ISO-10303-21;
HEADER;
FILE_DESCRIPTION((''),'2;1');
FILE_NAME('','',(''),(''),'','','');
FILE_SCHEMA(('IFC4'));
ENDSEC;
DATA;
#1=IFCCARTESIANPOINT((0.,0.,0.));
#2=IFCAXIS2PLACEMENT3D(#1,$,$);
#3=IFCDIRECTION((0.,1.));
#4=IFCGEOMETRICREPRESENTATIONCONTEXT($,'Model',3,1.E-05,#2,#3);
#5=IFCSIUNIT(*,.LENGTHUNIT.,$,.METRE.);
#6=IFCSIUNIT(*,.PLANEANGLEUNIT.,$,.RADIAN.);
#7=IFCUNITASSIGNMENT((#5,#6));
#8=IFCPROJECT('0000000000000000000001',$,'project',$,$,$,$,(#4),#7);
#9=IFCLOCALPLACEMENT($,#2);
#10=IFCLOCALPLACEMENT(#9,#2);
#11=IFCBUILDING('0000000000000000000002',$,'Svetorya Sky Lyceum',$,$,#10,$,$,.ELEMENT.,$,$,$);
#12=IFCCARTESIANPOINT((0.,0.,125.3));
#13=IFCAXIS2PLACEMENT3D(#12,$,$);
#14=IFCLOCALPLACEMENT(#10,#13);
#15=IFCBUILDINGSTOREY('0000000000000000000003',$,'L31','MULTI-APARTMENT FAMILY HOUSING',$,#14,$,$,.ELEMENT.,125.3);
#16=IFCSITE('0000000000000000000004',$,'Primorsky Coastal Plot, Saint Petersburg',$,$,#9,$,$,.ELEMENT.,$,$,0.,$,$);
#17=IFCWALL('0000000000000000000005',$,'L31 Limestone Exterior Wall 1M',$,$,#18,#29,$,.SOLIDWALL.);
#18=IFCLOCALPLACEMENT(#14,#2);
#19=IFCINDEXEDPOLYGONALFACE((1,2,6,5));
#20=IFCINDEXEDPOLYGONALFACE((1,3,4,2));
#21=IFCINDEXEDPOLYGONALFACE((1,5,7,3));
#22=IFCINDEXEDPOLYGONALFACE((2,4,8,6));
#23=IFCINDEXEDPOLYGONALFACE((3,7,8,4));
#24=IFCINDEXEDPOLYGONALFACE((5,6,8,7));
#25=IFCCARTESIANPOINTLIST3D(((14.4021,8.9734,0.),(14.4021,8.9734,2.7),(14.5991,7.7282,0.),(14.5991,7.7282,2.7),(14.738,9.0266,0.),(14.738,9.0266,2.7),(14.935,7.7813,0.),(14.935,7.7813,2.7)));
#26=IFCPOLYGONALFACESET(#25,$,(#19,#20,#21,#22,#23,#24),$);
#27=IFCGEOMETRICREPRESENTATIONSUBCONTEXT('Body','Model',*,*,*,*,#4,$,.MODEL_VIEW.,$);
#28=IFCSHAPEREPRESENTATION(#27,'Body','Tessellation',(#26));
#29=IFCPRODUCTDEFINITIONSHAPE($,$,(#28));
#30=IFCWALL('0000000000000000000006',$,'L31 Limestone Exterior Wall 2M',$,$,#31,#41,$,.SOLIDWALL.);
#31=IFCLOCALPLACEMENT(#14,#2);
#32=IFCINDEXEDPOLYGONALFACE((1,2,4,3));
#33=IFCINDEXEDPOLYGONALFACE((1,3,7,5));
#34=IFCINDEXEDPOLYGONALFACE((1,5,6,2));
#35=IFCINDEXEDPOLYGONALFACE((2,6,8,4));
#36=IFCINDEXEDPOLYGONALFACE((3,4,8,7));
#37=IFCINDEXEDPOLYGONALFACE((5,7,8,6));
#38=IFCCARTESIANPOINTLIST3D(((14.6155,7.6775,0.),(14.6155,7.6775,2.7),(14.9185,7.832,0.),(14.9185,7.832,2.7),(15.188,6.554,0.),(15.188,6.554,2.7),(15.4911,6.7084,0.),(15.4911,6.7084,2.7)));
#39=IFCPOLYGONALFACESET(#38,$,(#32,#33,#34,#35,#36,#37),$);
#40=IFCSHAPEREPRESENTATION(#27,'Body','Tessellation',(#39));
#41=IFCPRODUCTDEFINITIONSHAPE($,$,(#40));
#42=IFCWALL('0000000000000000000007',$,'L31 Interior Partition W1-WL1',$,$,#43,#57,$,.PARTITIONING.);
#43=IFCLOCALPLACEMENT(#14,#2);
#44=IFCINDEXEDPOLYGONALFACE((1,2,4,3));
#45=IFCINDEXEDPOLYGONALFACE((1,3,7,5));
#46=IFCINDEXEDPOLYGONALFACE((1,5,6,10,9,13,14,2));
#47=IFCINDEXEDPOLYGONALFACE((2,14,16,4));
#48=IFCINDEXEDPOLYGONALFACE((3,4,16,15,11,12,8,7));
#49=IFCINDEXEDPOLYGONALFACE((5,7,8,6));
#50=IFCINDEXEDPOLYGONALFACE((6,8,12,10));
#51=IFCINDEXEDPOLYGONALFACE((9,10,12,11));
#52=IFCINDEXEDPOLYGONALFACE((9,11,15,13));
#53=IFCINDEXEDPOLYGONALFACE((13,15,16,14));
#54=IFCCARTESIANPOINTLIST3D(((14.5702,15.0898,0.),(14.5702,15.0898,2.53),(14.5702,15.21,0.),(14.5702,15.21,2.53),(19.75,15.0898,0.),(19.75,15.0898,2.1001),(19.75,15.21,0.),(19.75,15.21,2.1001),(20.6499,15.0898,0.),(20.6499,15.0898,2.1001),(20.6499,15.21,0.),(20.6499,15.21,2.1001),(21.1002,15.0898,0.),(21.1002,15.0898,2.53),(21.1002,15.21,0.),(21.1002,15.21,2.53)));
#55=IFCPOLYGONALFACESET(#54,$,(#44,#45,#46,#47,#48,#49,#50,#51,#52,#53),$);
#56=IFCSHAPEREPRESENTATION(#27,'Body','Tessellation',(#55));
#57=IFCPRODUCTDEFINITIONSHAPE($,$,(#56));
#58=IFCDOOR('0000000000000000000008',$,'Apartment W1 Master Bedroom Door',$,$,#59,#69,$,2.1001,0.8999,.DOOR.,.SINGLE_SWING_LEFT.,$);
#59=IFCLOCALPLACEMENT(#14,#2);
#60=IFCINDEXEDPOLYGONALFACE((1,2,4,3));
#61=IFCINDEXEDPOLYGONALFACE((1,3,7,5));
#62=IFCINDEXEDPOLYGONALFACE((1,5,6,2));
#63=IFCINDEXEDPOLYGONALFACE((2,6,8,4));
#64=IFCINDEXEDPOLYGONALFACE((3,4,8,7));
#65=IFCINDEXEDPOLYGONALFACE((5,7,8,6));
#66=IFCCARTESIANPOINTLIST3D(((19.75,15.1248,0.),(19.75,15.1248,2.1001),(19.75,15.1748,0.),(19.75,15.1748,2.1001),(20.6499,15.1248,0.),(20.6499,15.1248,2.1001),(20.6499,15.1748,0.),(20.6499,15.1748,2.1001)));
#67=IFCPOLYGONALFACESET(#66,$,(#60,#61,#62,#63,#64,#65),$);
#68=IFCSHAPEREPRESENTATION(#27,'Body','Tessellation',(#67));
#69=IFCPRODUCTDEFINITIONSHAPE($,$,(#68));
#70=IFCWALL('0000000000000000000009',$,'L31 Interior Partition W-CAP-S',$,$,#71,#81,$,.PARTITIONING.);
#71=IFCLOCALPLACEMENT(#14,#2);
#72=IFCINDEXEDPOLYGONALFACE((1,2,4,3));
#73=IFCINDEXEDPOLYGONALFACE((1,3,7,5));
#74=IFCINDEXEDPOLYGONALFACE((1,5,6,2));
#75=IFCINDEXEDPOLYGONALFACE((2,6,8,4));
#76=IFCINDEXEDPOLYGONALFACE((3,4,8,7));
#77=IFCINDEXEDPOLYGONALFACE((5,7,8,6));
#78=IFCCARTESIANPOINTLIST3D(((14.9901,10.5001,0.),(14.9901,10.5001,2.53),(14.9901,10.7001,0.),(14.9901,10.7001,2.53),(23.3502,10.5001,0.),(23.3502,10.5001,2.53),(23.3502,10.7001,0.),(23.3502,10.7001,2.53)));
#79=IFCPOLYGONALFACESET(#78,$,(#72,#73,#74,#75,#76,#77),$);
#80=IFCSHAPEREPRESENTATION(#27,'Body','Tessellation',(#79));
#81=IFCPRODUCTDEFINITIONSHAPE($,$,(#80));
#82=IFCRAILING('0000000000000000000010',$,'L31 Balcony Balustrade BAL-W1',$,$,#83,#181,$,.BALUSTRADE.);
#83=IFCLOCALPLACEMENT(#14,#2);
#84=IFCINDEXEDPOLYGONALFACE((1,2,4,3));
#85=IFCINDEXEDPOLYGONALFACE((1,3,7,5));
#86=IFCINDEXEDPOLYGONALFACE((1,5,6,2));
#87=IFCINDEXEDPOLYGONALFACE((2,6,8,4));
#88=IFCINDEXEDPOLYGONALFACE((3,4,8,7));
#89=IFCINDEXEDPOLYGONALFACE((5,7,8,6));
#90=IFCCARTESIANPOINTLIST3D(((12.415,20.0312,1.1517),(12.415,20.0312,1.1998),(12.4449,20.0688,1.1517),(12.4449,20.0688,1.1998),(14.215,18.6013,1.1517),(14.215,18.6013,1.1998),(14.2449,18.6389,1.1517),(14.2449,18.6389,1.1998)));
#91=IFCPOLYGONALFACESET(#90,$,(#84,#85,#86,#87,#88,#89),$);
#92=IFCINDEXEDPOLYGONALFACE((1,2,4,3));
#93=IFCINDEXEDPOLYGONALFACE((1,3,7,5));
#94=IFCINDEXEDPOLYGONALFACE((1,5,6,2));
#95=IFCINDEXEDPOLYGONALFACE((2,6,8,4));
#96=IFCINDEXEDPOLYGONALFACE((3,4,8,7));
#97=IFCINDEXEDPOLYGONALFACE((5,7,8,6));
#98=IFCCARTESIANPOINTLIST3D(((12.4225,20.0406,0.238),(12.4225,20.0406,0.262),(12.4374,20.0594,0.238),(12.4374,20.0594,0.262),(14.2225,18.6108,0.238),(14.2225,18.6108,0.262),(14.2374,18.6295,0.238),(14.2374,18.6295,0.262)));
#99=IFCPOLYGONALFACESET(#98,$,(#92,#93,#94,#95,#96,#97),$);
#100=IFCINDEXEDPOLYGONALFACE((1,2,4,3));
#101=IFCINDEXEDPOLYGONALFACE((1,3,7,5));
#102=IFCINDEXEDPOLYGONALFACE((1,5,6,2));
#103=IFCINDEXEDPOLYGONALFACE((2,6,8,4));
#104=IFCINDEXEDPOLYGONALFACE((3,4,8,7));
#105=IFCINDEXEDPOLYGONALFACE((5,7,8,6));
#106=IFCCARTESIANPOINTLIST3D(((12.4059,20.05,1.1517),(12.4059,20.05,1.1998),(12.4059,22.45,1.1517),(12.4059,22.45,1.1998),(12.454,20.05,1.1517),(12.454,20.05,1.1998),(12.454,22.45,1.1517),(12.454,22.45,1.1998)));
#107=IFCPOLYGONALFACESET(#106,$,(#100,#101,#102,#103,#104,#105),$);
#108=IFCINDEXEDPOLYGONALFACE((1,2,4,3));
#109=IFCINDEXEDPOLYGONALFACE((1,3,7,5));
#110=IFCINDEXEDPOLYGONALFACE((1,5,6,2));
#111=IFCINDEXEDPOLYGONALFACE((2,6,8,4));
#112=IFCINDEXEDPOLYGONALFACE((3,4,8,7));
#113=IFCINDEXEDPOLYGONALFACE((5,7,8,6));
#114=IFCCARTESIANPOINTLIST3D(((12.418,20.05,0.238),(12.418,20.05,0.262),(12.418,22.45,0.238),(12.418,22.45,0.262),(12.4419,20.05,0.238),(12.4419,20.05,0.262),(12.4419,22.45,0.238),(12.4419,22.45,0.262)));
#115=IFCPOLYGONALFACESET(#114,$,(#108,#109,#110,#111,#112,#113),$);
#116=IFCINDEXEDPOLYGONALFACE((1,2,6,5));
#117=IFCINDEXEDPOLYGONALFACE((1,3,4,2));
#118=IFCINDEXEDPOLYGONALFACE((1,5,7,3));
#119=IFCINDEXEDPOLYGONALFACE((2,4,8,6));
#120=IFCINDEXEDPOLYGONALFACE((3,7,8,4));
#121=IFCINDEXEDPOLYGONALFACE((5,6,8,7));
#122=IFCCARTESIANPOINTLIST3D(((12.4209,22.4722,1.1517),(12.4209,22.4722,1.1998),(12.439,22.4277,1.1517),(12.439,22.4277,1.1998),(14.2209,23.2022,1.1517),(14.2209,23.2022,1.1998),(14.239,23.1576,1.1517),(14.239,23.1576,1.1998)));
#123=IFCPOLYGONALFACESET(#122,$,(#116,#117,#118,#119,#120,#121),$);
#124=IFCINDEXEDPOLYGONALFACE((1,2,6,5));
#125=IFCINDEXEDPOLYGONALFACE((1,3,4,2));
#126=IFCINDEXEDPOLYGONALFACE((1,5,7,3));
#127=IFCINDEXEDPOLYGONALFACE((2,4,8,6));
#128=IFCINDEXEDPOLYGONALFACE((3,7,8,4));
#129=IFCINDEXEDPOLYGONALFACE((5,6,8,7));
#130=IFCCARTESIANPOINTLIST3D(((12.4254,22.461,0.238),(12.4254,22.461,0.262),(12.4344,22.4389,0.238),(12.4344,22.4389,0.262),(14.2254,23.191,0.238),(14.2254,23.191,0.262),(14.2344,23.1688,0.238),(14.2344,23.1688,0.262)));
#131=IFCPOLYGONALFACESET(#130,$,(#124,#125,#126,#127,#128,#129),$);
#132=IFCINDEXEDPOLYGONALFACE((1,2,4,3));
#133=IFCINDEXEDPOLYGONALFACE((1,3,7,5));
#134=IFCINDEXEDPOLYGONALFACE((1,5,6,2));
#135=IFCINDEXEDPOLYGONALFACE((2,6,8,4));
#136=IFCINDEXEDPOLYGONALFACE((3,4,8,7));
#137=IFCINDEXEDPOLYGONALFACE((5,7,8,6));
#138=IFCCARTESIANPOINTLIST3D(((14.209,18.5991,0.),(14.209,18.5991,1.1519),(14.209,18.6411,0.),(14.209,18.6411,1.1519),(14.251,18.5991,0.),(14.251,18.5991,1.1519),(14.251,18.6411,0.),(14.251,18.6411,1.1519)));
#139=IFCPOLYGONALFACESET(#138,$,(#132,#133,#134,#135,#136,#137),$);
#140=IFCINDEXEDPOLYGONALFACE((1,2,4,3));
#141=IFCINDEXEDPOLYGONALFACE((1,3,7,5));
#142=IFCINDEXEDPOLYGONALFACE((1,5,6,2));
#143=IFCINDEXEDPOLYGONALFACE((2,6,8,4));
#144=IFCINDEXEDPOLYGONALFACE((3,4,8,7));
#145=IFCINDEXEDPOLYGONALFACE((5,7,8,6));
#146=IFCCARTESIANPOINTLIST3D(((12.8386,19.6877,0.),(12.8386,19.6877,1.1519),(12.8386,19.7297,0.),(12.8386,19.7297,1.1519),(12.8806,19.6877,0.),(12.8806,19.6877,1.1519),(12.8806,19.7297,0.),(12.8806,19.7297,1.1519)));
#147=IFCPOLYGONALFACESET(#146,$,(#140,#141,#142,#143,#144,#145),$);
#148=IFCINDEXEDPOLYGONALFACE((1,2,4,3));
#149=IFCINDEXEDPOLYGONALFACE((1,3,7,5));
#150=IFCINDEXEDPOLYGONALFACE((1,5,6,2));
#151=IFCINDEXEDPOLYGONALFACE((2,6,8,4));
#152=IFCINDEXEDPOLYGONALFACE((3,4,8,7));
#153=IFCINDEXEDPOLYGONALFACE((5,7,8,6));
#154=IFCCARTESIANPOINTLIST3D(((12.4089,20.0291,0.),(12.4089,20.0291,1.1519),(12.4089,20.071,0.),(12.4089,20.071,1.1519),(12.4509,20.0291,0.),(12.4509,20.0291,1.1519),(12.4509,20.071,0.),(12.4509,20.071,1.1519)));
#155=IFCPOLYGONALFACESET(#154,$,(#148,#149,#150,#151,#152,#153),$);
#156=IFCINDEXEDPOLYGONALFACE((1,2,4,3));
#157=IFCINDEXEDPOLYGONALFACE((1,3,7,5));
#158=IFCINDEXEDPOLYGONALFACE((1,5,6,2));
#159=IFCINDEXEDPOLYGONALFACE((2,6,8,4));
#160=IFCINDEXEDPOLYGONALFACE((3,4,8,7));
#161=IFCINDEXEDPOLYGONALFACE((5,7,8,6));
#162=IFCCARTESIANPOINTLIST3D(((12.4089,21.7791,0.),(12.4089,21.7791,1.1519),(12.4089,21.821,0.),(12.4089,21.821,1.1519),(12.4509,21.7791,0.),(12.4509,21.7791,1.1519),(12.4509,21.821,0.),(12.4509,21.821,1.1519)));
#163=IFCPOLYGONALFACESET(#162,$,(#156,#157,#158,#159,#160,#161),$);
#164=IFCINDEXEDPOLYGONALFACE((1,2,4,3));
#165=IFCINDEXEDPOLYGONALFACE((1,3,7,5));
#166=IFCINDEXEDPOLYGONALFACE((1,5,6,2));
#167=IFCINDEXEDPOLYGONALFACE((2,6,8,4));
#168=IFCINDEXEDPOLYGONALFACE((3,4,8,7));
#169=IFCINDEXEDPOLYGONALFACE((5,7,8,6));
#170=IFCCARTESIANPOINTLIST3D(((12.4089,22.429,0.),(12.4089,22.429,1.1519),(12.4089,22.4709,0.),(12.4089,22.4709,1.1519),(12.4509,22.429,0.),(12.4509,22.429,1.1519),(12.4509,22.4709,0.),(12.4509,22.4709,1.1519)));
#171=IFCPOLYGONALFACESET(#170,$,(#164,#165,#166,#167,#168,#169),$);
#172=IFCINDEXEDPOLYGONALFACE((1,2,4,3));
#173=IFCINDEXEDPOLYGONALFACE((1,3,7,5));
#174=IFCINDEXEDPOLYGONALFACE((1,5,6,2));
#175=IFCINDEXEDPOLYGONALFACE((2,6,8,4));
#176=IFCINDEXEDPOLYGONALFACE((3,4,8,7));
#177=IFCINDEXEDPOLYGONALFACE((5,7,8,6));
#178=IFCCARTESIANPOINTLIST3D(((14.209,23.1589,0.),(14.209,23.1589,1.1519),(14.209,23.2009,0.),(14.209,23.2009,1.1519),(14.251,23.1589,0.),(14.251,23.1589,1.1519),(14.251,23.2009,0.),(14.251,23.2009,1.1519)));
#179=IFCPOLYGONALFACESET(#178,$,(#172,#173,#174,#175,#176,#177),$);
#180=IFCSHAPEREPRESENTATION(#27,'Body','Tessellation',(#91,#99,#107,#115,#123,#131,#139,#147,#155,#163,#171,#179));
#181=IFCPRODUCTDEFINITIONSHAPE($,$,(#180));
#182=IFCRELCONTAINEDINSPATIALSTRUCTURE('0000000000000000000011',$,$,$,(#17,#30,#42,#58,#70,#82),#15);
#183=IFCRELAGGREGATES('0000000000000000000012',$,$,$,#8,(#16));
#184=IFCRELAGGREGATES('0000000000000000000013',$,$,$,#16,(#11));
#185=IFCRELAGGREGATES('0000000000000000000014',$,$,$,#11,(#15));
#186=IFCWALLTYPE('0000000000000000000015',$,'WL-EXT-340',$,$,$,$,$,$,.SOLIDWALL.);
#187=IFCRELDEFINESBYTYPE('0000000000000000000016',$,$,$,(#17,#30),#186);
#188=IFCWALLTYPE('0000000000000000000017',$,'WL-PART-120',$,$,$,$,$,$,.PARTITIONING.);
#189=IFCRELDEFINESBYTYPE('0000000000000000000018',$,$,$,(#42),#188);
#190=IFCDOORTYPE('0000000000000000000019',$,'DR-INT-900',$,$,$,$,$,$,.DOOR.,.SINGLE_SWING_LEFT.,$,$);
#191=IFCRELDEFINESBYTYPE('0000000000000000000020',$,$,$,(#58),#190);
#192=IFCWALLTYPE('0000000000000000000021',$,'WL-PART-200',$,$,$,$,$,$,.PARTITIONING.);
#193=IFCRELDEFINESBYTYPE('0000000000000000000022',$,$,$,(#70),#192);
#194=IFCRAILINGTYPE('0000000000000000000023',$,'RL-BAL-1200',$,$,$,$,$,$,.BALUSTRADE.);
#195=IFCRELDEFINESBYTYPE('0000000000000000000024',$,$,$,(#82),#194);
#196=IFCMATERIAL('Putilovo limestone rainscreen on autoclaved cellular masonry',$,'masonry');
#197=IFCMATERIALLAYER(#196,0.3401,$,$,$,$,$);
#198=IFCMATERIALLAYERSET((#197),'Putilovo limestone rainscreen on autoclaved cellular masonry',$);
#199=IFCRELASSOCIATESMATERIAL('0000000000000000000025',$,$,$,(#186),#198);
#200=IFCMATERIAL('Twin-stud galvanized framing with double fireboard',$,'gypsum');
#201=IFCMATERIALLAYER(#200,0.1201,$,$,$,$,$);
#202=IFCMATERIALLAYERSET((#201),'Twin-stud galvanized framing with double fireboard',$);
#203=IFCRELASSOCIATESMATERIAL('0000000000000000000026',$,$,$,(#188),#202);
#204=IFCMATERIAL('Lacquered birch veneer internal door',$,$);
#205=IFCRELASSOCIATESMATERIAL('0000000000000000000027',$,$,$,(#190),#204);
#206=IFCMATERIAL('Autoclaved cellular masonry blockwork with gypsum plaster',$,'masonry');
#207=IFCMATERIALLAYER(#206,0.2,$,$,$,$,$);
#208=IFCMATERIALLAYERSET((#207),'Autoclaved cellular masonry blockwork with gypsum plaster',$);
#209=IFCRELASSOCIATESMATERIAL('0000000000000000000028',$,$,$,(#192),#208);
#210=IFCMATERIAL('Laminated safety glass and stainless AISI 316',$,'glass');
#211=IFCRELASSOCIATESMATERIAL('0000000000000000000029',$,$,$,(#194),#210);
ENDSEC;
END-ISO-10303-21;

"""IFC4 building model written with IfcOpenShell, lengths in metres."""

from ifc_helpers import new_model, si_unit, direction, frame, frame_2d, origin, origin_2d, place, context, subcontext, project, spatial, rectangle, extrude, material, layer, layer_set, type_object, element, fill, save


model = new_model("IFC4")

# Units and contexts
model_context = context("Model", 3, precision=1e-05, world=origin(), true_north=direction((0.0, 1.0)))
body_context = subcontext(model_context, "Body", "Model", "MODEL_VIEW")
ifc_project = project(units=[si_unit("LENGTHUNIT", "METRE"), si_unit("PLANEANGLEUNIT", "RADIAN")], contexts=[model_context])

# Site, building, storey
site_placement = place(None, origin())
site = spatial("IfcSite", under=ifc_project, at=site_placement, Name="Primorsky Coastal Plot, Saint Petersburg", CompositionType="ELEMENT", RefElevation=0.0)
building_placement = place(site_placement, origin())
building = spatial("IfcBuilding", under=site, at=building_placement, Name="Svetorya Sky Lyceum", CompositionType="ELEMENT")
storey_placement = place(building_placement, frame((0.0, 0.0, 125.3)))
storey = spatial("IfcBuildingStorey", under=building, at=storey_placement, Name="L31", Description="MULTI-APARTMENT FAMILY HOUSING", CompositionType="ELEMENT", Elevation=125.3)

# Walls
ifc_material_1 = material(Name="Putilovo limestone rainscreen on autoclaved cellular masonry", Category="masonry")
ifc_layer_1 = layer(ifc_material_1, 0.3401)
ifc_layer_set_1 = layer_set([ifc_layer_1], Name="Putilovo limestone rainscreen on autoclaved cellular masonry")
wall_type_1 = type_object("IfcWallType", Name="WL-EXT-340", PredefinedType="SOLIDWALL", material=ifc_layer_set_1)
wall_1_placement = place(storey_placement, frame((14.5701, 9.0, 0.0), z_axis=(0.0, 0.0, 1.0), x_axis=(0.156261, -0.987716, 0.0)))
element("IfcWall", 1, at=wall_1_placement, inside=storey, type_object=wall_type_1, Name="L31 Limestone Exterior Wall 1M", PredefinedType="SOLIDWALL", context=body_context, shape_type="SweptSolid", body=[
    extrude(rectangle(XDim=1.2607, YDim=0.3401, at=frame_2d((0.6304, 0.0))), origin(), (0.0, 0.0, 1.0), 2.7),
])
wall_2_placement = place(storey_placement, frame((14.7671, 7.7546, 0.0), z_axis=(0.0, 0.0, 1.0), x_axis=(0.454016, -0.890994, 0.0)))
element("IfcWall", 2, at=wall_2_placement, inside=storey, type_object=wall_type_1, Name="L31 Limestone Exterior Wall 2M", PredefinedType="SOLIDWALL", context=body_context, shape_type="SweptSolid", body=[
    extrude(rectangle(XDim=1.261, YDim=0.3401, at=frame_2d((0.6304, 0.0))), origin(), (0.0, 0.0, 1.0), 2.7),
])

# Wall, opening, door
ifc_material_2 = material(Name="Twin-stud galvanized framing with double fireboard", Category="gypsum")
ifc_layer_2 = layer(ifc_material_2, 0.1201)
ifc_layer_set_2 = layer_set([ifc_layer_2], Name="Twin-stud galvanized framing with double fireboard")
wall_type_2 = type_object("IfcWallType", Name="WL-PART-120", PredefinedType="PARTITIONING", material=ifc_layer_set_2)
wall_3_placement = place(storey_placement, frame((14.5701, 15.1499, 0.0), z_axis=(0.0, 0.0, 1.0), x_axis=(1.0, 0.0, 0.0)))
wall_3 = element("IfcWall", 3, at=wall_3_placement, inside=storey, type_object=wall_type_2, Name="L31 Interior Partition W1-WL1", PredefinedType="PARTITIONING", context=body_context, shape_type="SweptSolid", body=[
    extrude(rectangle(XDim=6.53, YDim=0.1201, at=frame_2d((3.2651, 0.0))), origin(), (0.0, 0.0, 1.0), 2.53),
])
opening_placement = place(wall_3_placement, frame((5.1799, 0.0, 0.0)))
opening = element("IfcOpeningElement", 4, at=opening_placement, cuts=wall_3, PredefinedType="OPENING", context=body_context, shape_type="SweptSolid", body=[
    extrude(rectangle(XDim=0.8999, YDim=2.1001, at=frame_2d((0.45, 1.05))), frame((0.0, 0.0701, 0.0), z_axis=(0.0, -1.0, 0.0), x_axis=(1.0, 0.0, 0.0)), (0.0, 0.0, 1.0), 0.1401),
])
ifc_material_3 = material(Name="Lacquered birch veneer internal door")
door_type = type_object("IfcDoorType", Name="DR-INT-900", OperationType="SINGLE_SWING_LEFT", PredefinedType="DOOR", material=ifc_material_3)
door_placement = place(opening_placement, origin())
door = element("IfcDoor", 5, at=door_placement, inside=storey, type_object=door_type, Name="Apartment W1 Master Bedroom Door", OperationType="SINGLE_SWING_LEFT", OverallHeight=2.1001, OverallWidth=0.8999, PredefinedType="DOOR", context=body_context, shape_type="SweptSolid", body=[
    extrude(rectangle(XDim=0.8999, YDim=2.1001, at=frame_2d((0.45, 1.05))), frame((0.0, 0.0249, 0.0), z_axis=(0.0, -1.0, 0.0), x_axis=(1.0, 0.0, 0.0)), (0.0, 0.0, 1.0), 0.05),
])
fill(opening, door)

# Wall
ifc_material_4 = material(Name="Autoclaved cellular masonry blockwork with gypsum plaster", Category="masonry")
ifc_layer_3 = layer(ifc_material_4, 0.2)
ifc_layer_set_3 = layer_set([ifc_layer_3], Name="Autoclaved cellular masonry blockwork with gypsum plaster")
wall_type_3 = type_object("IfcWallType", Name="WL-PART-200", PredefinedType="PARTITIONING", material=ifc_layer_set_3)
wall_4_placement = place(storey_placement, frame((14.99, 10.6001, 0.0), z_axis=(0.0, 0.0, 1.0), x_axis=(1.0, 0.0, 0.0)))
element("IfcWall", 6, at=wall_4_placement, inside=storey, type_object=wall_type_3, Name="L31 Interior Partition W-CAP-S", PredefinedType="PARTITIONING", context=body_context, shape_type="SweptSolid", body=[
    extrude(rectangle(XDim=8.3601, YDim=0.2, at=frame_2d((4.1802, 0.0))), origin(), (0.0, 0.0, 1.0), 2.53),
])

# Railing
ifc_material_5 = material(Name="Laminated safety glass and stainless AISI 316", Category="glass")
railing_type = type_object("IfcRailingType", Name="RL-BAL-1200", PredefinedType="BALUSTRADE", material=ifc_material_5)
railing_placement = place(storey_placement, frame((14.23, 18.6201, 0.0)))
element("IfcRailing", 7, at=railing_placement, inside=storey, type_object=railing_type, Name="L31 Balcony Balustrade BAL-W1", PredefinedType="BALUSTRADE", context=body_context, shape_type="SweptSolid", body=[
    extrude(rectangle(XDim=0.0481, YDim=0.0481, at=origin_2d()), frame((0.0, 0.0, 1.1758), z_axis=(-0.783009, 0.62201, 0.0), x_axis=(-0.62201, -0.783009, 0.0)), (0.0, 0.0, 1.0), 2.2988),
    extrude(rectangle(XDim=0.0239, YDim=0.0239, at=origin_2d()), frame((0.0, 0.0, 0.25), z_axis=(-0.783009, 0.62201, 0.0), x_axis=(-0.62201, -0.783009, 0.0)), (0.0, 0.0, 1.0), 2.2988),
    extrude(rectangle(XDim=0.0481, YDim=0.0481, at=origin_2d()), frame((-1.8, 1.4299, 1.1758), z_axis=(0.0, 1.0, 0.0), x_axis=(-1.0, 0.0, 0.0)), (0.0, 0.0, 1.0), 2.3999),
    extrude(rectangle(XDim=0.0239, YDim=0.0239, at=origin_2d()), frame((-1.8, 1.4299, 0.25), z_axis=(0.0, 1.0, 0.0), x_axis=(-1.0, 0.0, 0.0)), (0.0, 0.0, 1.0), 2.3999),
    extrude(rectangle(XDim=0.0481, YDim=0.0481, at=origin_2d()), frame((-1.8, 3.8298, 1.1758), z_axis=(0.926698, 0.375807, 0.0), x_axis=(-0.375807, 0.926698, 0.0)), (0.0, 0.0, 1.0), 1.9424),
    extrude(rectangle(XDim=0.0239, YDim=0.0239, at=origin_2d()), frame((-1.8, 3.8298, 0.25), z_axis=(0.926698, 0.375807, 0.0), x_axis=(-0.375807, 0.926698, 0.0)), (0.0, 0.0, 1.0), 1.9424),
    extrude(rectangle(XDim=0.042, YDim=0.042, at=origin_2d()), origin(), (0.0, 0.0, 1.0), 1.1519),
    extrude(rectangle(XDim=0.042, YDim=0.042, at=origin_2d()), frame((-1.3704, 1.0886, 0.0)), (0.0, 0.0, 1.0), 1.1519),
    extrude(rectangle(XDim=0.042, YDim=0.042, at=origin_2d()), frame((-1.8, 1.4299, 0.0)), (0.0, 0.0, 1.0), 1.1519),
    extrude(rectangle(XDim=0.042, YDim=0.042, at=origin_2d()), frame((-1.8, 3.1799, 0.0)), (0.0, 0.0, 1.0), 1.1519),
    extrude(rectangle(XDim=0.042, YDim=0.042, at=origin_2d()), frame((-1.8, 3.8298, 0.0)), (0.0, 0.0, 1.0), 1.1519),
    extrude(rectangle(XDim=0.042, YDim=0.042, at=origin_2d()), frame((0.0, 4.5598, 0.0)), (0.0, 0.0, 1.0), 1.1519),
])

save(model, "model.ifc")
